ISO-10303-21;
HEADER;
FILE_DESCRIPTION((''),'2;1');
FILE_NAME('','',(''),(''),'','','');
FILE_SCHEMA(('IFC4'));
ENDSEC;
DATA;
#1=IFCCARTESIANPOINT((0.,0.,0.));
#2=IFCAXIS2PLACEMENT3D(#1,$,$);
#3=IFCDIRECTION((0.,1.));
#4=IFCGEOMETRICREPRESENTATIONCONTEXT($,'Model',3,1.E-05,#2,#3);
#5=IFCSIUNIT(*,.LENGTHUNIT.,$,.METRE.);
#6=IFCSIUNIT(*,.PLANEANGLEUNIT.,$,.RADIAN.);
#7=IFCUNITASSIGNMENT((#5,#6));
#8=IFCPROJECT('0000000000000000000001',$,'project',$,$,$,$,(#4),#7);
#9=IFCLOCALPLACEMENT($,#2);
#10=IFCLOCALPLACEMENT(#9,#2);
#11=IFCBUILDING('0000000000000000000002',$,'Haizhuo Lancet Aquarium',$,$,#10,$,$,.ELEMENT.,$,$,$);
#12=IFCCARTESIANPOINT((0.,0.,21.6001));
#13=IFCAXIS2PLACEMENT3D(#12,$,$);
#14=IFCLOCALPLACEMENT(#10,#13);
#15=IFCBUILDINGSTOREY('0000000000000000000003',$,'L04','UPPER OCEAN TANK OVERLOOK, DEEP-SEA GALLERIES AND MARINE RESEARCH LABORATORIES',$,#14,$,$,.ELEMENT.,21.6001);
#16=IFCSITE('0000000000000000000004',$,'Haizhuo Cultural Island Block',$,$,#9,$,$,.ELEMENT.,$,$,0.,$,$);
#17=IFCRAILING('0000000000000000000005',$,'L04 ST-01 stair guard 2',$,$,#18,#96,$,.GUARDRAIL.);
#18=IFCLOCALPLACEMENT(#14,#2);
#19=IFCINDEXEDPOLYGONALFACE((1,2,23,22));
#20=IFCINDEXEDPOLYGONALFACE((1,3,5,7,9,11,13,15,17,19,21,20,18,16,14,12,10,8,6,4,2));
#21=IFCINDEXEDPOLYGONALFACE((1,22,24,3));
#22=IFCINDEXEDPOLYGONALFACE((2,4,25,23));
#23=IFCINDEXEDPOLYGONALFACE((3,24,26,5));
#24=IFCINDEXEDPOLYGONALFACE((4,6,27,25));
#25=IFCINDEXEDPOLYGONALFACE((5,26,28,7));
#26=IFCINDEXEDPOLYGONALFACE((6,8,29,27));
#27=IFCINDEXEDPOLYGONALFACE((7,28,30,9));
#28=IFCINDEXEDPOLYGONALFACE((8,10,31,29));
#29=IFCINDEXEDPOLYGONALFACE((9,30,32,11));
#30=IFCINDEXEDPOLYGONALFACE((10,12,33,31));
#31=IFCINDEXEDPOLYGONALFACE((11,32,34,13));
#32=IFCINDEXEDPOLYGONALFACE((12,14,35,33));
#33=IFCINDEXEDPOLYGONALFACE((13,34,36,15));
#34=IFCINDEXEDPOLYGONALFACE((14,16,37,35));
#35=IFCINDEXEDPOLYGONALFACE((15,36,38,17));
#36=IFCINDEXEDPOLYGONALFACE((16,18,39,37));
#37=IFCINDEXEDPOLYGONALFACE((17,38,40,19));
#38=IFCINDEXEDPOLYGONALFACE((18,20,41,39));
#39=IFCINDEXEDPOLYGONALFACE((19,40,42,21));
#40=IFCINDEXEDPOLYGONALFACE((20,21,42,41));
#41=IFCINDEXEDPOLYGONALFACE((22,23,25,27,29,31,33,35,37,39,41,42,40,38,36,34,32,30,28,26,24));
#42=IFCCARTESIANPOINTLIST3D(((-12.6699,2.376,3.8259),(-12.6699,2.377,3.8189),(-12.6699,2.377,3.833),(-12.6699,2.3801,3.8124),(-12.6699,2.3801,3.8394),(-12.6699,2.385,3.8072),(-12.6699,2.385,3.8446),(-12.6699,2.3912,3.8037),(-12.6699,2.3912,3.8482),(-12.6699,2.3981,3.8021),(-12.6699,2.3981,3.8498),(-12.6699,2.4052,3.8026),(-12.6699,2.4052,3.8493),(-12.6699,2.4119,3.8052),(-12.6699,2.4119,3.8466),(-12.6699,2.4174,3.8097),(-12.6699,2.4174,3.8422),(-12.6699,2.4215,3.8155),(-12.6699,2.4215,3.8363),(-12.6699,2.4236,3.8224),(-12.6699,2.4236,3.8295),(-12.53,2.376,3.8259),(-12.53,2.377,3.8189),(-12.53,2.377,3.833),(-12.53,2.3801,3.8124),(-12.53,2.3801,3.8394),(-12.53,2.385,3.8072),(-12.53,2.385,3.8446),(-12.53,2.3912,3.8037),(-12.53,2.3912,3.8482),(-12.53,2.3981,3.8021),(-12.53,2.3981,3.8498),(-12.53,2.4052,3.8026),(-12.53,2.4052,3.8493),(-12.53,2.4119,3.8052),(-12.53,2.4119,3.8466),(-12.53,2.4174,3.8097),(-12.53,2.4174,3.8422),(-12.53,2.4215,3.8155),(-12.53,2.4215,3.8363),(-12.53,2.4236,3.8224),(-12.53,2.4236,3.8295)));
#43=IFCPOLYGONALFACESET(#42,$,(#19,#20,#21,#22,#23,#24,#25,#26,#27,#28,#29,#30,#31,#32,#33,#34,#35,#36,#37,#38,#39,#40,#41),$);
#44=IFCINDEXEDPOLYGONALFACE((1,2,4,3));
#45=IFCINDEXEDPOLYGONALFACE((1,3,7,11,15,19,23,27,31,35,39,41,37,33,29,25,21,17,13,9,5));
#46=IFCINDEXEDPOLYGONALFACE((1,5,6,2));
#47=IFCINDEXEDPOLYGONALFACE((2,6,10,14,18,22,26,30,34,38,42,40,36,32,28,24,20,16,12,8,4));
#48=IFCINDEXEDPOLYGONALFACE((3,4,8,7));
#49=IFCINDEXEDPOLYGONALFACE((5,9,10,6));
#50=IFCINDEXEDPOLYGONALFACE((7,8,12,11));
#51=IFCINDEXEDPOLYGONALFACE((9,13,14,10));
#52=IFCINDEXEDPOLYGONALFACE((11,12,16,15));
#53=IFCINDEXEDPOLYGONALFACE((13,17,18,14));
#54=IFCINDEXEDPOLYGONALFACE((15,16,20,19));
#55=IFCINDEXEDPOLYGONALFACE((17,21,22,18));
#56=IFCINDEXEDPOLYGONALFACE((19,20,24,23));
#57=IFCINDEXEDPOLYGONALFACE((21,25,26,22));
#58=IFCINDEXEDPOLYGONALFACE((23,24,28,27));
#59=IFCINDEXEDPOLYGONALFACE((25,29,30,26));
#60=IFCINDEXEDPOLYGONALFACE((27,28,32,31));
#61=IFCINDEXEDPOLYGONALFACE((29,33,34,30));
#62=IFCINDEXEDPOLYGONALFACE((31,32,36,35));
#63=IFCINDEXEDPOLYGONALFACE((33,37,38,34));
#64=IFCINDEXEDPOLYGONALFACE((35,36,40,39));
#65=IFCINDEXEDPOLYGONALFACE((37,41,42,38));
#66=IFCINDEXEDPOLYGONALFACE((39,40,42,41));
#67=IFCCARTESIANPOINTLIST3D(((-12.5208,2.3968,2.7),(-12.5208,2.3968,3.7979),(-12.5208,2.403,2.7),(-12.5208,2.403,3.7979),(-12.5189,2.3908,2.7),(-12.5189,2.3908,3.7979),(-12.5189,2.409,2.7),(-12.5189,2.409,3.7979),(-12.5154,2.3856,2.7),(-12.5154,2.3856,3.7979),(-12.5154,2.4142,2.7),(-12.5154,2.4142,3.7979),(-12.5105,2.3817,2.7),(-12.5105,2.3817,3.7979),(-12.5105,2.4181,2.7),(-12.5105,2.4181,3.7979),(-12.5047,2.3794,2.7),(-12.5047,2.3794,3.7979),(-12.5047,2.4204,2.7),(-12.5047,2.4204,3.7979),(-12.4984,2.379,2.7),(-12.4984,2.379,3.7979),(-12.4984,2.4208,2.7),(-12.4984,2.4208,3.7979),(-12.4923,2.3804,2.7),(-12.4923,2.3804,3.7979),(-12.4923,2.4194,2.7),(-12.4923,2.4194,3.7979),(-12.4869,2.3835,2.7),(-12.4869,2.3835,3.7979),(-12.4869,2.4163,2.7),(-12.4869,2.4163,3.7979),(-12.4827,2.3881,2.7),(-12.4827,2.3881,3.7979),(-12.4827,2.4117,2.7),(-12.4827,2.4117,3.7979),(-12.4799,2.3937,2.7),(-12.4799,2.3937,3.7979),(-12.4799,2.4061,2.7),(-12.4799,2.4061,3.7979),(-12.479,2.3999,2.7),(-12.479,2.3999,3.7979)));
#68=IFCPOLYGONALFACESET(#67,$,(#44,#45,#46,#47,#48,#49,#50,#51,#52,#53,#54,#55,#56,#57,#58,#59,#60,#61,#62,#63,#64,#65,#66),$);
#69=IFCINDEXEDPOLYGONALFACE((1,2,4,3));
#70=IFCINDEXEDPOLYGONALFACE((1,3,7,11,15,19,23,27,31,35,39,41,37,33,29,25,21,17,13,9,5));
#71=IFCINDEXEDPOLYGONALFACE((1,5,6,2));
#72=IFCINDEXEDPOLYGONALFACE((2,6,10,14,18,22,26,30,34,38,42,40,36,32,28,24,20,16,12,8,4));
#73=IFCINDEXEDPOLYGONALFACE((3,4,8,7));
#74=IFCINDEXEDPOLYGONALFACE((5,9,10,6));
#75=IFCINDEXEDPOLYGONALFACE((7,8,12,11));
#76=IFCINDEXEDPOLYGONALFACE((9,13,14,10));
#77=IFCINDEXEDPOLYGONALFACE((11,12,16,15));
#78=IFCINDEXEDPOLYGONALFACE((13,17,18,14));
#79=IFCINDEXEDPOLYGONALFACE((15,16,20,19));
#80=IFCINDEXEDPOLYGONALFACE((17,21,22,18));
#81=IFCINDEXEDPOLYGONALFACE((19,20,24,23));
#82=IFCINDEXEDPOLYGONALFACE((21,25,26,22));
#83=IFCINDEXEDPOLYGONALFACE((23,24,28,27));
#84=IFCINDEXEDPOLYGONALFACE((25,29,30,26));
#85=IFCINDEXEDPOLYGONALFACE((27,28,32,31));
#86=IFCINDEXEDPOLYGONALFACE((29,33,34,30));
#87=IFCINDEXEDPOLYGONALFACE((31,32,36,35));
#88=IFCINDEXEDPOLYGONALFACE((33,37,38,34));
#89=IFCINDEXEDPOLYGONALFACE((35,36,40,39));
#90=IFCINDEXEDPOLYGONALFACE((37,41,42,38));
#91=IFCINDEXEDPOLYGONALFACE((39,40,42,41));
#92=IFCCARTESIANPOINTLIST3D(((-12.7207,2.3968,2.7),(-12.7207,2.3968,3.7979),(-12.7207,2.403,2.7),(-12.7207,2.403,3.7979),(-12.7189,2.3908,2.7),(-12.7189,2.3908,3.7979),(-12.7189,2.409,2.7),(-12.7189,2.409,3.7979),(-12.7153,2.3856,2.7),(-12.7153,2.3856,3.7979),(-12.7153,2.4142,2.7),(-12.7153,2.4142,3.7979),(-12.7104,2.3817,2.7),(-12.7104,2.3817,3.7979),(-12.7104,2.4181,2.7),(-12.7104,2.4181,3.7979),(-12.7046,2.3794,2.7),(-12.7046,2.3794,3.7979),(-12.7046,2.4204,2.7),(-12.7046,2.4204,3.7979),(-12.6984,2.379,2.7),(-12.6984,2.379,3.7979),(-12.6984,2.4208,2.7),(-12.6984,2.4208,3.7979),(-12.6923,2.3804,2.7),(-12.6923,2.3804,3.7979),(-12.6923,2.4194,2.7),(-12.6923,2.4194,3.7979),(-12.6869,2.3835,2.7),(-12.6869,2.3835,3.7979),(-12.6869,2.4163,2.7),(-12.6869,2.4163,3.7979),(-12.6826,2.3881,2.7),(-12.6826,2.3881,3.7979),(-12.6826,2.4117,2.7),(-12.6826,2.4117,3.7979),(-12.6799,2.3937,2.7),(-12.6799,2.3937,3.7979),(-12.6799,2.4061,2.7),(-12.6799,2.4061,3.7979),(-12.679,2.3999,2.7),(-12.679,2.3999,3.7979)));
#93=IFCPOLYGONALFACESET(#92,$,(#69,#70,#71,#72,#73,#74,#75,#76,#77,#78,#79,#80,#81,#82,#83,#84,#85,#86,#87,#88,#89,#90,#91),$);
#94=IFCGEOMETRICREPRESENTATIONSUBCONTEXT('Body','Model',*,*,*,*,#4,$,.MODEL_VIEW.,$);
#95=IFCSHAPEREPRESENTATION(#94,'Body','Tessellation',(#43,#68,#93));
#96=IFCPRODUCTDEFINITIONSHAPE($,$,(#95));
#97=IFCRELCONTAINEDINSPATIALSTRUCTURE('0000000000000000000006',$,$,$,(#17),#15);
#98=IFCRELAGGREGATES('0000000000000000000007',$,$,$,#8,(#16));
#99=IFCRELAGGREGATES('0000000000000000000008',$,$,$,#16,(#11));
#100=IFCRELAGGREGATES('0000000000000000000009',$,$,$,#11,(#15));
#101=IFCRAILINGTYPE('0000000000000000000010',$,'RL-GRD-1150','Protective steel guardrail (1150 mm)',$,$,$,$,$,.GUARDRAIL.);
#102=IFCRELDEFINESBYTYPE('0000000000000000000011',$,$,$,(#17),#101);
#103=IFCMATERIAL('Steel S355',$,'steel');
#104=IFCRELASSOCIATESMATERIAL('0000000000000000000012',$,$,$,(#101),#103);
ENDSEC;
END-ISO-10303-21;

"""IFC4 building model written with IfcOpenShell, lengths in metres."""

from ifc_helpers import new_model, si_unit, direction, frame, origin, origin_2d, place, context, subcontext, project, spatial, circle, extrude, material, type_object, element, save


model = new_model("IFC4")

# Units and contexts
model_context = context("Model", 3, precision=1e-05, world=origin(), true_north=direction((0.0, 1.0)))
body_context = subcontext(model_context, "Body", "Model", "MODEL_VIEW")
ifc_project = project(units=[si_unit("LENGTHUNIT", "METRE"), si_unit("PLANEANGLEUNIT", "RADIAN")], contexts=[model_context])

# Site, building, storey
site_placement = place(None, origin())
site = spatial("IfcSite", under=ifc_project, at=site_placement, Name="Haizhuo Cultural Island Block", CompositionType="ELEMENT", RefElevation=0.0)
building_placement = place(site_placement, origin())
building = spatial("IfcBuilding", under=site, at=building_placement, Name="Haizhuo Lancet Aquarium", CompositionType="ELEMENT")
storey_placement = place(building_placement, frame((0.0, 0.0, 21.6001)))
storey = spatial("IfcBuildingStorey", under=building, at=storey_placement, Name="L04", Description="UPPER OCEAN TANK OVERLOOK, DEEP-SEA GALLERIES AND MARINE RESEARCH LABORATORIES", CompositionType="ELEMENT", Elevation=21.6001)

# Shared definitions
ifc_material_1 = material(Name="Steel S355", Category="steel")

# Railing
railing_type_1 = type_object("IfcRailingType", Name="RL-GRD-1150", Description="Protective steel guardrail (1150 mm)", PredefinedType="GUARDRAIL", material=ifc_material_1)
railing_1_placement = place(storey_placement, frame((-12.5, 2.3999, 2.7)))
element("IfcRailing", 1, at=railing_1_placement, inside=storey, type_object=railing_type_1, Name="L04 ST-01 stair guard 2", PredefinedType="GUARDRAIL", context=body_context, shape_type="SweptSolid", body=[
    extrude(circle(Radius=0.0239, at=origin_2d()), frame((-0.03, 0.0, 1.126), z_axis=(-1.0, 0.0, 0.0), x_axis=(0.0, -1.0, 0.0)), (0.0, 0.0, 1.0), 0.1399),
    extrude(circle(Radius=0.021, at=origin_2d()), origin(), (0.0, 0.0, 1.0), 1.0979),
    extrude(circle(Radius=0.021, at=origin_2d()), frame((-0.2, 0.0, 0.0)), (0.0, 0.0, 1.0), 1.0979),
])

save(model, "model.ifc")
